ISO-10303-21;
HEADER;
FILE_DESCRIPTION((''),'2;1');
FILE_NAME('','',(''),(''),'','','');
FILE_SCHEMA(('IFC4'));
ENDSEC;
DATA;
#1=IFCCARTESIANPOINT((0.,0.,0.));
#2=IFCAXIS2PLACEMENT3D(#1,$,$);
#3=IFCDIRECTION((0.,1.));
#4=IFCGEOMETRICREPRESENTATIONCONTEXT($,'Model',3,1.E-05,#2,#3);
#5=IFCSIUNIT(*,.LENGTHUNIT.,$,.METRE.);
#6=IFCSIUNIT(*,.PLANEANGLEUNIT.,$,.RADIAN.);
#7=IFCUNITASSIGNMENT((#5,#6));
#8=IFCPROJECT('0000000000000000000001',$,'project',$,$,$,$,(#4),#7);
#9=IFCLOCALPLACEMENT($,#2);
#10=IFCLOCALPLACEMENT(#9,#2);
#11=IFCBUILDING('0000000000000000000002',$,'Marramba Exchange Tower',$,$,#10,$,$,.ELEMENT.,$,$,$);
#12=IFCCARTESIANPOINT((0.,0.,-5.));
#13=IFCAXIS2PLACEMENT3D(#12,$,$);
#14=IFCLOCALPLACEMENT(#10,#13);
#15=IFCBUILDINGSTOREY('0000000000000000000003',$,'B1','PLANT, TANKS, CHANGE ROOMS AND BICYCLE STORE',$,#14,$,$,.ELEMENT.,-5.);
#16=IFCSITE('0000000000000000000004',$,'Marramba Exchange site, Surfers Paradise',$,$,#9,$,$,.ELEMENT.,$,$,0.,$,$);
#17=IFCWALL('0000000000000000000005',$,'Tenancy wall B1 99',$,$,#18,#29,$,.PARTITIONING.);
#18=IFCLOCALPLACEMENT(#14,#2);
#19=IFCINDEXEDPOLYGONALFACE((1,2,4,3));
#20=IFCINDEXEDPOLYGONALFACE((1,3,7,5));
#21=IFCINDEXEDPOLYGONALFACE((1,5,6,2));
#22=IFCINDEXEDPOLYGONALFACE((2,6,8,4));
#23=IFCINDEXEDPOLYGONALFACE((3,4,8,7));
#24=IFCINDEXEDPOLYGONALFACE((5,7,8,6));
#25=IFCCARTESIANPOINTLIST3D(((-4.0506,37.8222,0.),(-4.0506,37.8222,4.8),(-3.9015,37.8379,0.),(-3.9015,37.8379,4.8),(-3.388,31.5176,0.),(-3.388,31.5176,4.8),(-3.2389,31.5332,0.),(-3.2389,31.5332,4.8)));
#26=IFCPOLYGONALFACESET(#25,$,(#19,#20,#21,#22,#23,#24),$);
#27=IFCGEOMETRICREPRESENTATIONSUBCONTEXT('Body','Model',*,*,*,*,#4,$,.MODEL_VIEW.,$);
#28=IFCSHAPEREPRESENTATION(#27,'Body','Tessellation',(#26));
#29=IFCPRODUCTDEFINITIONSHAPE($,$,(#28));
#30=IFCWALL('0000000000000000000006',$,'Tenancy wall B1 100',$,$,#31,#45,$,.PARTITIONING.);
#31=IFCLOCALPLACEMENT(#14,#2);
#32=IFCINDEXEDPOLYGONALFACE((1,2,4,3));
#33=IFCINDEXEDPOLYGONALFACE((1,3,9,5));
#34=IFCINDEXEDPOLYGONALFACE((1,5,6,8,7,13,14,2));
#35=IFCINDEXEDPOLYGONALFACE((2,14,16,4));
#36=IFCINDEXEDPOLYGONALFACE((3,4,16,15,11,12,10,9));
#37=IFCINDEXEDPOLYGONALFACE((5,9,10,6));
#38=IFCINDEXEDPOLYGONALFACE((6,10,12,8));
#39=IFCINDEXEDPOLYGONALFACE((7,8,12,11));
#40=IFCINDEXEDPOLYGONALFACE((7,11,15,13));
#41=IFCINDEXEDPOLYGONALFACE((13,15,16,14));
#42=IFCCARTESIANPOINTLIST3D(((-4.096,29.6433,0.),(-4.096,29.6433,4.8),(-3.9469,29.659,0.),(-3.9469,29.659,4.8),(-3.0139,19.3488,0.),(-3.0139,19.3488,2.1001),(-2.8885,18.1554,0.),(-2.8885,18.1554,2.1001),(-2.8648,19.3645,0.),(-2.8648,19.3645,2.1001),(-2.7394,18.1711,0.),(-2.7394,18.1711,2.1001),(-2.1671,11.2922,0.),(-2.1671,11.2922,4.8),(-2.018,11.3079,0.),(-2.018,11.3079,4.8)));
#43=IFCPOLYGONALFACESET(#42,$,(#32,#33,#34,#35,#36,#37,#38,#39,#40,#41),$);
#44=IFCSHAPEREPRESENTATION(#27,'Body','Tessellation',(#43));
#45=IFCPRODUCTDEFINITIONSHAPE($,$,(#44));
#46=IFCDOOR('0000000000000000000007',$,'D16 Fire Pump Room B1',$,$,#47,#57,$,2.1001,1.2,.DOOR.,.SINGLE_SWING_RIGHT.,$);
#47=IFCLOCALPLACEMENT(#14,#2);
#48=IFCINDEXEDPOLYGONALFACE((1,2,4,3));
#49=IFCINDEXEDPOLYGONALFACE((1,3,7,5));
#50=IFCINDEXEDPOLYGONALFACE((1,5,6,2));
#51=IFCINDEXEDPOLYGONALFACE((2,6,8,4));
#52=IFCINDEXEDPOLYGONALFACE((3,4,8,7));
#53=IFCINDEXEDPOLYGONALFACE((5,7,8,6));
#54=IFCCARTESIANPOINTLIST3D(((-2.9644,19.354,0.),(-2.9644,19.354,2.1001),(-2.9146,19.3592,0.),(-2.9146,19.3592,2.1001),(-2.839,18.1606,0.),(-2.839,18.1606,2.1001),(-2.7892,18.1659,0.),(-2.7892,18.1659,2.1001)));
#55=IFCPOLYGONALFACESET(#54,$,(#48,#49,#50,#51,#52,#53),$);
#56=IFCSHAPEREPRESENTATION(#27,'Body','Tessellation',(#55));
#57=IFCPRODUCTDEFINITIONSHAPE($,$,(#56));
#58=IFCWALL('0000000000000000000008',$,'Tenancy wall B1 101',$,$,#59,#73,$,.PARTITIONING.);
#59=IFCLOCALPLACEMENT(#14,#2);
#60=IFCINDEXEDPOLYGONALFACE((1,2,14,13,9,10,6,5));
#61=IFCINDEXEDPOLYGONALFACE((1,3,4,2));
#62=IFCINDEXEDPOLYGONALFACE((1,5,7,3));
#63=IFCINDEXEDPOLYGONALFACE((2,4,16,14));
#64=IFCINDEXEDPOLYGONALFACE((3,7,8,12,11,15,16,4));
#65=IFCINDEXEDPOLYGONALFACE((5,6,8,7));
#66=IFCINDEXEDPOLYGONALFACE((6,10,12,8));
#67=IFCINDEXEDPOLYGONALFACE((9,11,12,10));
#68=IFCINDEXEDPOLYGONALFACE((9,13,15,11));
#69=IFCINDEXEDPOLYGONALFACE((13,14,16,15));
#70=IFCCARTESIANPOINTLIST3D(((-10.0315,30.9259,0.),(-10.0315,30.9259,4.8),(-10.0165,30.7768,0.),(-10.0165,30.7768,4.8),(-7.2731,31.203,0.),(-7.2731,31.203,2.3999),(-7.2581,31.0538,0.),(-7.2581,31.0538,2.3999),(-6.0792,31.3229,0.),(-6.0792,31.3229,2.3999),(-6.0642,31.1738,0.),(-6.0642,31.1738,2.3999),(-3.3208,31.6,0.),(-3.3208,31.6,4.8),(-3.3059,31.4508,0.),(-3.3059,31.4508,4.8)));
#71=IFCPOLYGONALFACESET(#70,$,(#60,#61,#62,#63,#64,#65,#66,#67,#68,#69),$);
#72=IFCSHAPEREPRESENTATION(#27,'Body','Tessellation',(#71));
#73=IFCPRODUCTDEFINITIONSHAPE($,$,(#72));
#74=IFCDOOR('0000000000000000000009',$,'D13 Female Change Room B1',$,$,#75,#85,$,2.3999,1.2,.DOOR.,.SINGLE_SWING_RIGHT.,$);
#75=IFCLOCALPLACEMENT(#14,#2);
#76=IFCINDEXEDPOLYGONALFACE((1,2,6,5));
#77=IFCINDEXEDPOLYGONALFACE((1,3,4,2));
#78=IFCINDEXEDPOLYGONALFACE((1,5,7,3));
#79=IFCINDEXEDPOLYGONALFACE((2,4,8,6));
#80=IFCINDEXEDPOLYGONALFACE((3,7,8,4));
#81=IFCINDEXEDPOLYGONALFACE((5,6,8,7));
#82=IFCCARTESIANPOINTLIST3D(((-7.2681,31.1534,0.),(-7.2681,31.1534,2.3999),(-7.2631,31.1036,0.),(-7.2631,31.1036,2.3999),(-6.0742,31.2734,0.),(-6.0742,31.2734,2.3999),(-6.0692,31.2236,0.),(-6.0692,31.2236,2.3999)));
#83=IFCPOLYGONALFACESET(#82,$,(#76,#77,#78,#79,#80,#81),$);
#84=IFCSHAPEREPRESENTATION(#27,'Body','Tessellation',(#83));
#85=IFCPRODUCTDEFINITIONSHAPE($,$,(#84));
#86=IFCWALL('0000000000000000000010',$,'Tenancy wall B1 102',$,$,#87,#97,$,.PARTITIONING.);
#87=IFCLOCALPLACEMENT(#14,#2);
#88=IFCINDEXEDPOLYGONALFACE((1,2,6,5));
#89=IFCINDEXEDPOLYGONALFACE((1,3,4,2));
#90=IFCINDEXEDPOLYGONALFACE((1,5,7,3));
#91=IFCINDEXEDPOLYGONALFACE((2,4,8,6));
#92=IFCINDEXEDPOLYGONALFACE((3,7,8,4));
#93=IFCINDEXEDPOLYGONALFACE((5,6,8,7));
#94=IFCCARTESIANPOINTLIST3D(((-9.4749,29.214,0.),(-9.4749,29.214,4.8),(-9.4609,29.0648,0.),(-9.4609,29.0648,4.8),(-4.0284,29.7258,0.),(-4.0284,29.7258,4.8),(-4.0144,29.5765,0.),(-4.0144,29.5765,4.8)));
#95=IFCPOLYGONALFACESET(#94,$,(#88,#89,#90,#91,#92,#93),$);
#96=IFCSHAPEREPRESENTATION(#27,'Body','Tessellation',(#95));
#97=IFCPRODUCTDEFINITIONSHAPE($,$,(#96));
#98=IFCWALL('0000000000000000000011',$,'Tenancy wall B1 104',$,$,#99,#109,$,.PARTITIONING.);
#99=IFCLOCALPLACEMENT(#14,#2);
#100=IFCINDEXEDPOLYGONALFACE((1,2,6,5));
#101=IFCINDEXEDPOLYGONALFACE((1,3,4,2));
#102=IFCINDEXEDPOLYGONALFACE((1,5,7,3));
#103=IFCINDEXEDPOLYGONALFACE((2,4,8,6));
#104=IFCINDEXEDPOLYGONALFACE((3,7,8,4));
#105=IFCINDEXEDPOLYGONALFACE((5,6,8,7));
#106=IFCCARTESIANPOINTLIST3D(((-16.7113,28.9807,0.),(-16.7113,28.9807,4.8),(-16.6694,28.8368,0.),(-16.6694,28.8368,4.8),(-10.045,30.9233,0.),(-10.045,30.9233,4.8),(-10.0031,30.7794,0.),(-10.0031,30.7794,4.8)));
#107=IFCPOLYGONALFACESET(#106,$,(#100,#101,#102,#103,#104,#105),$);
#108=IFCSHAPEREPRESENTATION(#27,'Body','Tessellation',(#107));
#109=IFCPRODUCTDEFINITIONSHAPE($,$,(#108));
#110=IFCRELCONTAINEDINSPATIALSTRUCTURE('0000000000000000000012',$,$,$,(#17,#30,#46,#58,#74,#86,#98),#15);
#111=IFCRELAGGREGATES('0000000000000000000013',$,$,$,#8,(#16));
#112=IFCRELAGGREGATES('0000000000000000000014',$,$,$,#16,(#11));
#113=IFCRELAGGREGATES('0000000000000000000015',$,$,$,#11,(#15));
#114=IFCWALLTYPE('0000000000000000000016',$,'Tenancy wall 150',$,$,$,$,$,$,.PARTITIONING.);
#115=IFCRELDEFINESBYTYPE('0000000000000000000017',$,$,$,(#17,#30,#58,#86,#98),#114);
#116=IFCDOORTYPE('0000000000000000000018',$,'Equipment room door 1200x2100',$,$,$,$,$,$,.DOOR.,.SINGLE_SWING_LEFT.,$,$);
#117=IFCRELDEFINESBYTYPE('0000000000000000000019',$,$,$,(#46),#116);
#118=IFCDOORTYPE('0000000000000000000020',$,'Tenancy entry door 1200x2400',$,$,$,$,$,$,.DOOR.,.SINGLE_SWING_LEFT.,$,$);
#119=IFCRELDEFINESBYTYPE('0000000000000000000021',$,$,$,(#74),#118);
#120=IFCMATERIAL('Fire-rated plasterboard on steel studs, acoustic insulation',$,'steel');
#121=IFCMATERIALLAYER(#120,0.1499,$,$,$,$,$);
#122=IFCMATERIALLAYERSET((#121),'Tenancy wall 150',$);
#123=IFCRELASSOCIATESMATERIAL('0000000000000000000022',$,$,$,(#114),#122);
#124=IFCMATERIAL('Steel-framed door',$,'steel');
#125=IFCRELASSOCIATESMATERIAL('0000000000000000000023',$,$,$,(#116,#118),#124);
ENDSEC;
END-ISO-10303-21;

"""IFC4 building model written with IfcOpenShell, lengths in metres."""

from ifc_helpers import new_model, si_unit, direction, frame, frame_2d, origin, place, context, subcontext, project, spatial, rectangle, extrude, material, layer, layer_set, type_object, element, fill, save


model = new_model("IFC4")

# Units and contexts
model_context = context("Model", 3, precision=1e-05, world=origin(), true_north=direction((0.0, 1.0)))
body_context = subcontext(model_context, "Body", "Model", "MODEL_VIEW")
ifc_project = project(units=[si_unit("LENGTHUNIT", "METRE"), si_unit("PLANEANGLEUNIT", "RADIAN")], contexts=[model_context])

# Site, building, storey
site_placement = place(None, origin())
site = spatial("IfcSite", under=ifc_project, at=site_placement, Name="Marramba Exchange site, Surfers Paradise", CompositionType="ELEMENT", RefElevation=0.0)
building_placement = place(site_placement, origin())
building = spatial("IfcBuilding", under=site, at=building_placement, Name="Marramba Exchange Tower", CompositionType="ELEMENT")
storey_placement = place(building_placement, frame((0.0, 0.0, -5.0)))
storey = spatial("IfcBuildingStorey", under=building, at=storey_placement, Name="B1", Description="PLANT, TANKS, CHANGE ROOMS AND BICYCLE STORE", CompositionType="ELEMENT", Elevation=-5.0)

# Wall
ifc_material_1 = material(Name="Fire-rated plasterboard on steel studs, acoustic insulation", Category="steel")
ifc_layer_1 = layer(ifc_material_1, 0.1499)
ifc_layer_set_1 = layer_set([ifc_layer_1], Name="Tenancy wall 150")
wall_type_1 = type_object("IfcWallType", Name="Tenancy wall 150", PredefinedType="PARTITIONING", material=ifc_layer_set_1)
wall_1_placement = place(storey_placement, frame((-3.3135, 31.5254, 0.0), z_axis=(0.0, 0.0, 1.0), x_axis=(-0.10452, 0.994523, 0.0)))
element("IfcWall", 1, at=wall_1_placement, inside=storey, type_object=wall_type_1, Name="Tenancy wall B1 99", PredefinedType="PARTITIONING", context=body_context, shape_type="SweptSolid", body=[
    extrude(rectangle(XDim=6.3394, YDim=0.1499, at=frame_2d((3.1697, 0.0))), origin(), (0.0, 0.0, 1.0), 4.8),
])

# Walls, openings, doors
wall_2_placement = place(storey_placement, frame((-4.0215, 29.6511, 0.0), z_axis=(0.0, 0.0, 1.0), x_axis=(0.104538, -0.994521, 0.0)))
wall_2 = element("IfcWall", 2, at=wall_2_placement, inside=storey, type_object=wall_type_1, Name="Tenancy wall B1 100", PredefinedType="PARTITIONING", context=body_context, shape_type="SweptSolid", body=[
    extrude(rectangle(XDim=18.4521, YDim=0.1499, at=frame_2d((9.2261, 0.0))), origin(), (0.0, 0.0, 1.0), 4.8),
])
opening_1_placement = place(wall_2_placement, frame((10.3511, 0.0, 0.0)))
opening_1 = element("IfcOpeningElement", 3, at=opening_1_placement, cuts=wall_2, PredefinedType="OPENING", context=body_context, shape_type="SweptSolid", body=[
    extrude(rectangle(XDim=1.2, YDim=2.1001, at=frame_2d((0.6001, 1.05))), frame((0.0, 0.085, 0.0), z_axis=(0.0, -1.0, 0.0), x_axis=(1.0, 0.0, 0.0)), (0.0, 0.0, 1.0), 0.1699),
])
ifc_material_2 = material(Name="Steel-framed door", Category="steel")
door_type_1 = type_object("IfcDoorType", Name="Equipment room door 1200x2100", OperationType="SINGLE_SWING_LEFT", PredefinedType="DOOR", material=ifc_material_2)
door_1_placement = place(opening_1_placement, origin())
door_1 = element("IfcDoor", 4, at=door_1_placement, inside=storey, type_object=door_type_1, Name="D16 Fire Pump Room B1", OperationType="SINGLE_SWING_RIGHT", OverallHeight=2.1001, OverallWidth=1.2, PredefinedType="DOOR", context=body_context, shape_type="SweptSolid", body=[
    extrude(rectangle(XDim=1.2, YDim=2.1001, at=frame_2d((0.6001, 1.05))), frame((0.0, 0.0249, 0.0), z_axis=(0.0, -1.0, 0.0), x_axis=(1.0, 0.0, 0.0)), (0.0, 0.0, 1.0), 0.05),
])
fill(opening_1, door_1)
wall_3_placement = place(storey_placement, frame((-3.3135, 31.5254, 0.0), z_axis=(0.0, 0.0, 1.0), x_axis=(-0.994993, -0.099945, 0.0)))
wall_3 = element("IfcWall", 5, at=wall_3_placement, inside=storey, type_object=wall_type_1, Name="Tenancy wall B1 101", PredefinedType="PARTITIONING", context=body_context, shape_type="SweptSolid", body=[
    extrude(rectangle(XDim=6.7444, YDim=0.1499, at=frame_2d((3.3721, 0.0))), origin(), (0.0, 0.0, 1.0), 4.8),
])
opening_2_placement = place(wall_3_placement, frame((2.772, 0.0, 0.0)))
opening_2 = element("IfcOpeningElement", 6, at=opening_2_placement, cuts=wall_3, PredefinedType="OPENING", context=body_context, shape_type="SweptSolid", body=[
    extrude(rectangle(XDim=1.2, YDim=2.3999, at=frame_2d((0.6001, 1.2))), frame((0.0, 0.085, 0.0), z_axis=(0.0, -1.0, 0.0), x_axis=(1.0, 0.0, 0.0)), (0.0, 0.0, 1.0), 0.1699),
])
door_type_2 = type_object("IfcDoorType", Name="Tenancy entry door 1200x2400", OperationType="SINGLE_SWING_LEFT", PredefinedType="DOOR", material=ifc_material_2)
door_2_placement = place(opening_2_placement, origin())
door_2 = element("IfcDoor", 7, at=door_2_placement, inside=storey, type_object=door_type_2, Name="D13 Female Change Room B1", OperationType="SINGLE_SWING_RIGHT", OverallHeight=2.3999, OverallWidth=1.2, PredefinedType="DOOR", context=body_context, shape_type="SweptSolid", body=[
    extrude(rectangle(XDim=1.2, YDim=2.3999, at=frame_2d((0.6001, 1.2))), frame((0.0, 0.0249, 0.0), z_axis=(0.0, -1.0, 0.0), x_axis=(1.0, 0.0, 0.0)), (0.0, 0.0, 1.0), 0.05),
])
fill(opening_2, door_2)

# Walls
wall_4_placement = place(storey_placement, frame((-9.468, 29.1394, 0.0), z_axis=(0.0, 0.0, 1.0), x_axis=(0.995615, 0.093541, 0.0)))
element("IfcWall", 8, at=wall_4_placement, inside=storey, type_object=wall_type_1, Name="Tenancy wall B1 102", PredefinedType="PARTITIONING", context=body_context, shape_type="SweptSolid", body=[
    extrude(rectangle(XDim=5.4705, YDim=0.1499, at=frame_2d((2.7354, 0.0))), origin(), (0.0, 0.0, 1.0), 4.8),
])
wall_5_placement = place(storey_placement, frame((-10.0242, 30.8513, 0.0), z_axis=(0.0, 0.0, 1.0), x_axis=(-0.960066, -0.279775, 0.0)))
element("IfcWall", 9, at=wall_5_placement, inside=storey, type_object=wall_type_1, Name="Tenancy wall B1 104", PredefinedType="PARTITIONING", context=body_context, shape_type="SweptSolid", body=[
    extrude(rectangle(XDim=6.9436, YDim=0.1499, at=frame_2d((3.4717, 0.0))), origin(), (0.0, 0.0, 1.0), 4.8),
])

save(model, "model.ifc")
